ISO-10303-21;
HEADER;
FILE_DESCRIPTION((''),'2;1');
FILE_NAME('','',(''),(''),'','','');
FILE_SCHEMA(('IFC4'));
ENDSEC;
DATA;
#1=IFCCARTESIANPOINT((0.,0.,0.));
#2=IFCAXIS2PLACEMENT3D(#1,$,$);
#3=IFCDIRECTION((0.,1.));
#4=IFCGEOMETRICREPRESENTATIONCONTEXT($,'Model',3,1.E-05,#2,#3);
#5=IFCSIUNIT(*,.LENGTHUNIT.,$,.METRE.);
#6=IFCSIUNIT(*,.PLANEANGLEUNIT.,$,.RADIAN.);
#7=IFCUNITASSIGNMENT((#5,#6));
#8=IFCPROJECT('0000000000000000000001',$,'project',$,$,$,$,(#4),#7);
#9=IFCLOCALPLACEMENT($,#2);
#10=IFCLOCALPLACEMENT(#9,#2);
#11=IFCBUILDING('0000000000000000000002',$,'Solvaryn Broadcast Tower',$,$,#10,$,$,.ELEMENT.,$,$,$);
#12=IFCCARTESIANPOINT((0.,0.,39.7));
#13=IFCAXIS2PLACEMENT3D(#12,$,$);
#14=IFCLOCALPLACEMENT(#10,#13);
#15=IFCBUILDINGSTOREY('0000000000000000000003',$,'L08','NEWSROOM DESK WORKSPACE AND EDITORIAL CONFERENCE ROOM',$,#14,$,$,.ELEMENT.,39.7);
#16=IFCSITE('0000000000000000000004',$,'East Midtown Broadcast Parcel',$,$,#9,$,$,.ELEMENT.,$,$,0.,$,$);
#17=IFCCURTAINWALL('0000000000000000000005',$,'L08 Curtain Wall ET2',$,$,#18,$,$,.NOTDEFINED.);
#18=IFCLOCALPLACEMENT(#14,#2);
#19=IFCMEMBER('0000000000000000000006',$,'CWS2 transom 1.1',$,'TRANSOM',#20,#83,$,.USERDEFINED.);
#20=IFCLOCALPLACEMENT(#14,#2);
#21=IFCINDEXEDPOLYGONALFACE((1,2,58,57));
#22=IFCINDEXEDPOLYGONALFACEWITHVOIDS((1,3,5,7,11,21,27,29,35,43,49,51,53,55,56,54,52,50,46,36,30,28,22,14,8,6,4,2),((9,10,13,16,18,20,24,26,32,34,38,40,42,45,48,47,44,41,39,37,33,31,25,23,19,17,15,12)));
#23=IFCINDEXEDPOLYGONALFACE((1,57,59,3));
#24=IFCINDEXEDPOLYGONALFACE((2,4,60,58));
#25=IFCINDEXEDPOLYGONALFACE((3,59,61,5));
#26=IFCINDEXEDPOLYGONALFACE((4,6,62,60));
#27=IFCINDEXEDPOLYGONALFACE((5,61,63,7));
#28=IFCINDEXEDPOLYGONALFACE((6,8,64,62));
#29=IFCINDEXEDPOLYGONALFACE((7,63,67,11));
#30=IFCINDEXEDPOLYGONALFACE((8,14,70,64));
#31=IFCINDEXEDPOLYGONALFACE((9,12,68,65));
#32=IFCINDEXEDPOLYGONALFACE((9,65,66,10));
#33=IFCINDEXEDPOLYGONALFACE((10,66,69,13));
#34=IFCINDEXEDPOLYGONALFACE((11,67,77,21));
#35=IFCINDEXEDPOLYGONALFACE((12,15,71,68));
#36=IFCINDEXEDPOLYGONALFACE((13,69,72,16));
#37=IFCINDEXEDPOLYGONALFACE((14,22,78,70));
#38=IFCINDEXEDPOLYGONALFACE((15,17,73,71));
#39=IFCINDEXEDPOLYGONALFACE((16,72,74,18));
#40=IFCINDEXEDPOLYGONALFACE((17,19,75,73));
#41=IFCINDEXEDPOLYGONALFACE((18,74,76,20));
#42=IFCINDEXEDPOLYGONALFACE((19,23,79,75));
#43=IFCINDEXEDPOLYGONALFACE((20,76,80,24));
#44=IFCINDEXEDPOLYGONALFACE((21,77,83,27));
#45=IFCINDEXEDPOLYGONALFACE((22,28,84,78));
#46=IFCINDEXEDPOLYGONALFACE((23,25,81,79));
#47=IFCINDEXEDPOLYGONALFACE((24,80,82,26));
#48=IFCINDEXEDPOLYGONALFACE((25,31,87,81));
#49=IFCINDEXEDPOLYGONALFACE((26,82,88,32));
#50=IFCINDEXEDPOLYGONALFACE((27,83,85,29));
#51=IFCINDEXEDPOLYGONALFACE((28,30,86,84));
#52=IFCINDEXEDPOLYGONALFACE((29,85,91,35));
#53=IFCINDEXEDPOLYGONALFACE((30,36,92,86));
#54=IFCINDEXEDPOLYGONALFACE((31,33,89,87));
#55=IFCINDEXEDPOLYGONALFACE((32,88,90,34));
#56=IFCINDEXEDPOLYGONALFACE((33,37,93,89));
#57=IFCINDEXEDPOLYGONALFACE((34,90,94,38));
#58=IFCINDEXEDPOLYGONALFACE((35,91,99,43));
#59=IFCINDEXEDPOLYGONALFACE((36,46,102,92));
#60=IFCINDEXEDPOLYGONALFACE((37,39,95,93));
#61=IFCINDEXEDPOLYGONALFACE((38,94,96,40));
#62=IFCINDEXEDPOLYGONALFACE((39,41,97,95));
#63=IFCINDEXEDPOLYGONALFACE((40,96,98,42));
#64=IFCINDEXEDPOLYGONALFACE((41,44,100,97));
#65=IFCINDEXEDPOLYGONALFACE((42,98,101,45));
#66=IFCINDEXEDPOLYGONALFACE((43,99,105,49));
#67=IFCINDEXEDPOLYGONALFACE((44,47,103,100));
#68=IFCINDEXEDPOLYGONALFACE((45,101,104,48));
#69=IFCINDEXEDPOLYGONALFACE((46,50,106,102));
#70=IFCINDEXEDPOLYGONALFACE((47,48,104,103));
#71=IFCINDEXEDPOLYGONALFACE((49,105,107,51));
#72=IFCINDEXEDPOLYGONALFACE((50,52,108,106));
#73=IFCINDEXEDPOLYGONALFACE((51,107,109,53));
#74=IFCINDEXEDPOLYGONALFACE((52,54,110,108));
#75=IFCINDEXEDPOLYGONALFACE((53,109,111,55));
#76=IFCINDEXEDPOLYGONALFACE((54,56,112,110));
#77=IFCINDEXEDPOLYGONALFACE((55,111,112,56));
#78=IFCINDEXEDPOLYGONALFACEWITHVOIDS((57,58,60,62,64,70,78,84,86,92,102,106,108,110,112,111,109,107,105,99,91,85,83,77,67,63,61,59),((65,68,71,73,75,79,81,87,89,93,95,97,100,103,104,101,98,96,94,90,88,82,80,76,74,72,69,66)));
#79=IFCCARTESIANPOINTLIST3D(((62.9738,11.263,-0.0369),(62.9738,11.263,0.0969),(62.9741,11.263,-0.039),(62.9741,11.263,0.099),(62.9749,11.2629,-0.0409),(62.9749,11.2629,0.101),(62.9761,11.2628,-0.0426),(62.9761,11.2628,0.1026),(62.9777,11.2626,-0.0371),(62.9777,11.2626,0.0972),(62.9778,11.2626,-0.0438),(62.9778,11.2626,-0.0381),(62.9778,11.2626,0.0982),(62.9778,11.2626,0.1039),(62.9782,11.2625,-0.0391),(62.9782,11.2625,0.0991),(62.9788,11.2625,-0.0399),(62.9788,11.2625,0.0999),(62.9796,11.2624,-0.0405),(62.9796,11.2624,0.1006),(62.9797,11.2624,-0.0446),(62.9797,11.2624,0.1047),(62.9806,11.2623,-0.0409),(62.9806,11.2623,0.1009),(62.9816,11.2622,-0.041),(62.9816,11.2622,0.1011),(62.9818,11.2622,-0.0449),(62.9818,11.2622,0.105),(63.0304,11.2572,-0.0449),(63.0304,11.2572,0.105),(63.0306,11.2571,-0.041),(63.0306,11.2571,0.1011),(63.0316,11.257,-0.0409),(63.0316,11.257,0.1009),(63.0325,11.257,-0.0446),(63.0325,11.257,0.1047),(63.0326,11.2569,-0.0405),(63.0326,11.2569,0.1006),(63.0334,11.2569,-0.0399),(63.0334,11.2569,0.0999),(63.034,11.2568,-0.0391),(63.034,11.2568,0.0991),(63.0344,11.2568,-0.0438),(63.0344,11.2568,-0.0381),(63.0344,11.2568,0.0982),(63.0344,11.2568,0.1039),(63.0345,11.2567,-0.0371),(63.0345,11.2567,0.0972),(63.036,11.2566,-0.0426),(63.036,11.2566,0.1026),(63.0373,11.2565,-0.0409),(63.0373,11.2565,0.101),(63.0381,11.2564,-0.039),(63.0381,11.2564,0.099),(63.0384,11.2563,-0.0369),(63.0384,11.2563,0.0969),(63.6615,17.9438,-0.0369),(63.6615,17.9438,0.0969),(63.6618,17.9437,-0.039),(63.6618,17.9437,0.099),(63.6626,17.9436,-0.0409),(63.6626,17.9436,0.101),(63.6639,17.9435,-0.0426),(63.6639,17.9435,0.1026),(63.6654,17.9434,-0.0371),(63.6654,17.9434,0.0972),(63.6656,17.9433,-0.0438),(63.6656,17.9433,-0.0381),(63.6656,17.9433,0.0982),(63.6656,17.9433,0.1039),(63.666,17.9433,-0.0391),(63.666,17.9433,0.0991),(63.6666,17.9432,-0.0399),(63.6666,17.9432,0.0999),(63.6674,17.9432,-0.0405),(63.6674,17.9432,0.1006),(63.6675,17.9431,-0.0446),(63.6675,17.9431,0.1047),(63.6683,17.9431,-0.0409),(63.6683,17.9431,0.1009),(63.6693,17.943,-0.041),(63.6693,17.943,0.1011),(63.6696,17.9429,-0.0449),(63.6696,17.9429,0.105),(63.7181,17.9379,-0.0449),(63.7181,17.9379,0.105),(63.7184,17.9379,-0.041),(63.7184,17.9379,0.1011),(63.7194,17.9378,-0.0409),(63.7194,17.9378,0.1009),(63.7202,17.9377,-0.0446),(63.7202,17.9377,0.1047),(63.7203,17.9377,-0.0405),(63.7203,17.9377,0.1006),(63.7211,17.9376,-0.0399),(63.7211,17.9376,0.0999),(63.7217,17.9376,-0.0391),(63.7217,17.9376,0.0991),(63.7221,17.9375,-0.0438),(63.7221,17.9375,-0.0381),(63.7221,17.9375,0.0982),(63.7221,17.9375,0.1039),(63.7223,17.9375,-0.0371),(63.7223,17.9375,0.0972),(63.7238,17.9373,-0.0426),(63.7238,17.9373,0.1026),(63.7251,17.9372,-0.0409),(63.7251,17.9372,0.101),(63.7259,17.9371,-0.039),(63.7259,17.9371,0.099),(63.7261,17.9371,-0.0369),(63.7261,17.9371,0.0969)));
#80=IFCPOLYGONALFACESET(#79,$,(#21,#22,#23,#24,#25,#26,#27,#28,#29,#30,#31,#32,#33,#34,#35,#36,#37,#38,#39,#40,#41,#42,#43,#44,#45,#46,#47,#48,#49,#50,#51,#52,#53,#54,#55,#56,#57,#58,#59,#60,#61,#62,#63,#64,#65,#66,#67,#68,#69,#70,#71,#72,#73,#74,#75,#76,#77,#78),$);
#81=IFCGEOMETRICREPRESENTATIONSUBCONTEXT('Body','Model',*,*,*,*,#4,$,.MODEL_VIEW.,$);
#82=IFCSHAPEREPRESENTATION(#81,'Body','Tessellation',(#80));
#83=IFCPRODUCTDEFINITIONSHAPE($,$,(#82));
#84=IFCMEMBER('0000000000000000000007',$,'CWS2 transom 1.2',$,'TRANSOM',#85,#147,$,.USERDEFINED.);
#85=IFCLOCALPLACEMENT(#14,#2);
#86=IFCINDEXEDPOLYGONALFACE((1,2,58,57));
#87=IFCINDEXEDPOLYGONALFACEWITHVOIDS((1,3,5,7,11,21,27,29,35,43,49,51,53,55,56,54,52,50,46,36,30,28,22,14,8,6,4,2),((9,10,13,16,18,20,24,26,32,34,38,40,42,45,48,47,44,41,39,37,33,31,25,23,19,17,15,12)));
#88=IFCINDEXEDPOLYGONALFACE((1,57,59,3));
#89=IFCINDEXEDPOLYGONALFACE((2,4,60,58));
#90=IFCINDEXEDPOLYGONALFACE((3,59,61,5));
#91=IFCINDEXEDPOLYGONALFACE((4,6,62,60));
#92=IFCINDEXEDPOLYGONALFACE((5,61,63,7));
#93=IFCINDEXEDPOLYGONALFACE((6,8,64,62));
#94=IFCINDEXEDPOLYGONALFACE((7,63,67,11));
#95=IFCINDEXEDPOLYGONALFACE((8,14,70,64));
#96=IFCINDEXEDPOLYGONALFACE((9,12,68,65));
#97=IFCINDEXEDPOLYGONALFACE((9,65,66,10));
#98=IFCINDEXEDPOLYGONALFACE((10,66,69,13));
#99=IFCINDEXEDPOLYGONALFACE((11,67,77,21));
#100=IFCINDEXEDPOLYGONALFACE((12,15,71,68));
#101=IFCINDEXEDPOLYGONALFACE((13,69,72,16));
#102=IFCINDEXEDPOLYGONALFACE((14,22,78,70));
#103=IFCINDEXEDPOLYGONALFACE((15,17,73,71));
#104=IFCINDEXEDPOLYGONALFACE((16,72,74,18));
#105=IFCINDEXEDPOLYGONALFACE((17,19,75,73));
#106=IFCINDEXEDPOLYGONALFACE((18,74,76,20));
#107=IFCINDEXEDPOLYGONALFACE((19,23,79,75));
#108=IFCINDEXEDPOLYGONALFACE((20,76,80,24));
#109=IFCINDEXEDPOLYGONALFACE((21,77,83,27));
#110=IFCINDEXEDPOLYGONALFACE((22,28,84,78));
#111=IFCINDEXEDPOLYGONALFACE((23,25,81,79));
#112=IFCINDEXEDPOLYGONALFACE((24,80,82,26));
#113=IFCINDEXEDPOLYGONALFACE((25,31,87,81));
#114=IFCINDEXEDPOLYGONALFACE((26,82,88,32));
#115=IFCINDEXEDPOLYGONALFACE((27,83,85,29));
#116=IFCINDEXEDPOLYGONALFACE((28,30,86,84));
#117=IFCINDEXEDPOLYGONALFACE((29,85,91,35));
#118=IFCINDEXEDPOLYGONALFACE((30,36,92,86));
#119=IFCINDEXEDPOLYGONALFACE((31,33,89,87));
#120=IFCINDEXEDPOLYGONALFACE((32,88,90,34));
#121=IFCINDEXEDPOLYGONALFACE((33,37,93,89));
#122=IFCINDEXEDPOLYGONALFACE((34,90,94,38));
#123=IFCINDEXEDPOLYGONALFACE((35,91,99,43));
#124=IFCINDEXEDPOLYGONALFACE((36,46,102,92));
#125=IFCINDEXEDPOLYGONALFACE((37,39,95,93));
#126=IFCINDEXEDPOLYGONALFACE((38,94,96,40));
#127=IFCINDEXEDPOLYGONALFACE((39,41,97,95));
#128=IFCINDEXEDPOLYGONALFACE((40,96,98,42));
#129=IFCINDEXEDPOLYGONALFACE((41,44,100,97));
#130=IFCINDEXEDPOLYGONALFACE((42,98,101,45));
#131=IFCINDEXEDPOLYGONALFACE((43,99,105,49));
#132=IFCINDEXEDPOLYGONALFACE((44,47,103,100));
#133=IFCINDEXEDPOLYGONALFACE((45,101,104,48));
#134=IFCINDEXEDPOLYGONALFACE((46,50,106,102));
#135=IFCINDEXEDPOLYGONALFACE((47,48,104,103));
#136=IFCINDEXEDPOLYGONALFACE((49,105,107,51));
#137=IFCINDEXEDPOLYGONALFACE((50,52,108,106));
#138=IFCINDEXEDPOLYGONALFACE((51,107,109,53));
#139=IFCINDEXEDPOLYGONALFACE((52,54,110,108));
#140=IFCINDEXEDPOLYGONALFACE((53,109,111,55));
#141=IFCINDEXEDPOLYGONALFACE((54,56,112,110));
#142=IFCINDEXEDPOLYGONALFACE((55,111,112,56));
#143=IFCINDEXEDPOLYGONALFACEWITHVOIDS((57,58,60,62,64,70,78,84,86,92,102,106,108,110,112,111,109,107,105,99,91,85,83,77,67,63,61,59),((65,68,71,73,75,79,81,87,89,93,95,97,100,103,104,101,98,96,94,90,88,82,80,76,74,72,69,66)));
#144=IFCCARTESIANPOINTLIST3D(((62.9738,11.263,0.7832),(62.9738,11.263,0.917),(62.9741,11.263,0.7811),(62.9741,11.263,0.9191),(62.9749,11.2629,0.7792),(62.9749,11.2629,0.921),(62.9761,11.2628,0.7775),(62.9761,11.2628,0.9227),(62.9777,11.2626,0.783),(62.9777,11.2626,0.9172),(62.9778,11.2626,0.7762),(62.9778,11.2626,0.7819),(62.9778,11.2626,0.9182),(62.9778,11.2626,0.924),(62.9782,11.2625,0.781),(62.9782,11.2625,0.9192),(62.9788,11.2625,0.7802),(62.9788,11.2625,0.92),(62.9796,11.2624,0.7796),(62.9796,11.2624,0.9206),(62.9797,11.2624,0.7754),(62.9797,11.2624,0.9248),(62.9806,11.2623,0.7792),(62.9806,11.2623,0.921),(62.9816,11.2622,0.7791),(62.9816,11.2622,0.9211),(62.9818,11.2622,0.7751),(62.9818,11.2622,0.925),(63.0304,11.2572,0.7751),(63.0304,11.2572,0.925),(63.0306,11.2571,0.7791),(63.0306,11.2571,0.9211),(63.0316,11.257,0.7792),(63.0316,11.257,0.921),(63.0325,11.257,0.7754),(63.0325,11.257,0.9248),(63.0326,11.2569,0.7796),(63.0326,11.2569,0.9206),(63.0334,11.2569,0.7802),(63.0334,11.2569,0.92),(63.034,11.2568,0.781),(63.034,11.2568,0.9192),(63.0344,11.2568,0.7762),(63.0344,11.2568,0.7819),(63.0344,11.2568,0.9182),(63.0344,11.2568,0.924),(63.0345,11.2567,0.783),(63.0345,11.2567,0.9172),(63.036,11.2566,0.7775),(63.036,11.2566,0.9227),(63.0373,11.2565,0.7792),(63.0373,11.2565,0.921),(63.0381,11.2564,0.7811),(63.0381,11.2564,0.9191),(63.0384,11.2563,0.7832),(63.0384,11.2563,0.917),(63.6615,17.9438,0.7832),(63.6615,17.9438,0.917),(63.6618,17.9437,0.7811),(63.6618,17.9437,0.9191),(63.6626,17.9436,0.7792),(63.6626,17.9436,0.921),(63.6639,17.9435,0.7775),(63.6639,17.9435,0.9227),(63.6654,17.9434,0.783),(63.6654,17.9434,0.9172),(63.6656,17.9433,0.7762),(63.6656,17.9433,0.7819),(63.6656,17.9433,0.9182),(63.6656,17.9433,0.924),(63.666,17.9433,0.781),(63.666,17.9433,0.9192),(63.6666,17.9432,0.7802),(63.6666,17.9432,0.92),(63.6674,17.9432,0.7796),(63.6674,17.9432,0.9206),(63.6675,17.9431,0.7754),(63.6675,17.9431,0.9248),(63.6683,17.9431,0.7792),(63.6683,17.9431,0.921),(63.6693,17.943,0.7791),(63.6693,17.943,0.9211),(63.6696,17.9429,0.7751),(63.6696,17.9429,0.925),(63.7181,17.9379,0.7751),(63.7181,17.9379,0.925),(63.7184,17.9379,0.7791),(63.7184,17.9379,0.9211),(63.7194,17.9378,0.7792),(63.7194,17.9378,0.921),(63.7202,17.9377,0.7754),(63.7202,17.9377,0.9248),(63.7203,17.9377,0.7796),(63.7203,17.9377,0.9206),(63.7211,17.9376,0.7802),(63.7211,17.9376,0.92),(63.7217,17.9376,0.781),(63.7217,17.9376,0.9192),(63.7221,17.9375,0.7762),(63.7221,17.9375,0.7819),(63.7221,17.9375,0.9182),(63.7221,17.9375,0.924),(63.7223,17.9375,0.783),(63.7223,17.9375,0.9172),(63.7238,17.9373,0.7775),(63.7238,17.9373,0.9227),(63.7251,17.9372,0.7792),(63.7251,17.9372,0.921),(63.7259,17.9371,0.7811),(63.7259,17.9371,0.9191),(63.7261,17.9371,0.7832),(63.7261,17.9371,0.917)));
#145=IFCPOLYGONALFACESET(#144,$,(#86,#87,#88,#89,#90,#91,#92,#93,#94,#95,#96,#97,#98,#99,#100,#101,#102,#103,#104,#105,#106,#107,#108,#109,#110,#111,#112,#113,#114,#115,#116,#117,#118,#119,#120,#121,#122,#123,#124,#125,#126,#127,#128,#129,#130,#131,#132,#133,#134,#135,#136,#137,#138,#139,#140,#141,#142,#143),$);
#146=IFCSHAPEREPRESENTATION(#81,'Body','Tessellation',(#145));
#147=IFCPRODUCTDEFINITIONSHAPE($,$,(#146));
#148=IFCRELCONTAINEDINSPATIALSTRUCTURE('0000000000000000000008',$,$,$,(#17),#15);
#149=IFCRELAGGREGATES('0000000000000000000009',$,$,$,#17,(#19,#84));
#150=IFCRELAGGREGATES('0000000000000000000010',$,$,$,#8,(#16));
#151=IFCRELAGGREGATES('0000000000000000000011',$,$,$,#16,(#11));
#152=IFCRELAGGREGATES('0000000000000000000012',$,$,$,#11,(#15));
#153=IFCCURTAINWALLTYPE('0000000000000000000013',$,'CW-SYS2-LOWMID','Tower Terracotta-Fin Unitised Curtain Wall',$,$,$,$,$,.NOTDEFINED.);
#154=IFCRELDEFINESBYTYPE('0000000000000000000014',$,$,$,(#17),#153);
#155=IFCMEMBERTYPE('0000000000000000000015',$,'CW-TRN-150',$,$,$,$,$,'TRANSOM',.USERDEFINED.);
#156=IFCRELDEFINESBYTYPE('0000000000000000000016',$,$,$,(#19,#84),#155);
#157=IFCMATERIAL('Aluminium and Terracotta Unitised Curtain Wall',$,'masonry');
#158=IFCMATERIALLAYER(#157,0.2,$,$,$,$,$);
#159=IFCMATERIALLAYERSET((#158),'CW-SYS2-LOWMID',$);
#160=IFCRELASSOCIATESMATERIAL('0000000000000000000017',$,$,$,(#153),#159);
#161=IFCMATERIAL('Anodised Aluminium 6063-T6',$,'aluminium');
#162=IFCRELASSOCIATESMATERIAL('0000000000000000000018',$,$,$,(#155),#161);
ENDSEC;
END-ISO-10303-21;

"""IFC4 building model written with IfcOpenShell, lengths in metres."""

from ifc_helpers import new_model, si_unit, direction, frame, origin, origin_2d, place, context, subcontext, project, spatial, hollow_rectangle, extrude, material, layer, layer_set, material_profile, profile_set, type_object, element, aggregate, save


model = new_model("IFC4")

# Units and contexts
model_context = context("Model", 3, precision=1e-05, world=origin(), true_north=direction((0.0, 1.0)))
body_context = subcontext(model_context, "Body", "Model", "MODEL_VIEW")
ifc_project = project(units=[si_unit("LENGTHUNIT", "METRE"), si_unit("PLANEANGLEUNIT", "RADIAN")], contexts=[model_context])

# Site, building, storey
site_placement = place(None, origin())
site = spatial("IfcSite", under=ifc_project, at=site_placement, Name="East Midtown Broadcast Parcel", CompositionType="ELEMENT", RefElevation=0.0)
building_placement = place(site_placement, origin())
building = spatial("IfcBuilding", under=site, at=building_placement, Name="Solvaryn Broadcast Tower", CompositionType="ELEMENT")
storey_placement = place(building_placement, frame((0.0, 0.0, 39.7)))
storey = spatial("IfcBuildingStorey", under=building, at=storey_placement, Name="L08", Description="NEWSROOM DESK WORKSPACE AND EDITORIAL CONFERENCE ROOM", CompositionType="ELEMENT", Elevation=39.7)

# Shared definitions
ifc_material_1 = material(Name="Aluminium and Terracotta Unitised Curtain Wall", Category="masonry")
ifc_layer_1 = layer(ifc_material_1, 0.2)
ifc_layer_set_1 = layer_set([ifc_layer_1], Name="CW-SYS2-LOWMID")
curtain_wall_type = type_object("IfcCurtainWallType", Name="CW-SYS2-LOWMID", Description="Tower Terracotta-Fin Unitised Curtain Wall", PredefinedType="NOTDEFINED", material=ifc_layer_set_1)

# Curtain wall, members
curtain_wall_1_placement = place(storey_placement, origin())
curtain_wall_1 = element("IfcCurtainWall", 1, at=curtain_wall_1_placement, inside=storey, type_object=curtain_wall_type, Name="L08 Curtain Wall ET2", PredefinedType="NOTDEFINED")
ifc_material_2 = material(Name="Anodised Aluminium 6063-T6", Category="aluminium")
ifc_material_profile_1 = material_profile(ifc_material_2, hollow_rectangle(XDim=0.0649, YDim=0.1499, WallThickness=0.0039, InnerFilletRadius=0.0039, OuterFilletRadius=0.0081, at=origin_2d()))
ifc_profile_set_1 = profile_set([ifc_material_profile_1], Name="Anodised Aluminium 6063-T6")
member_type_1 = type_object("IfcMemberType", Name="CW-TRN-150", ElementType="TRANSOM", PredefinedType="USERDEFINED", material=ifc_profile_set_1)
member_1_placement = place(storey_placement, frame((63.6938, 17.9404, 0.03), z_axis=(-0.102404, -0.994743, 0.0), x_axis=(0.994743, -0.102404, 0.0)))
member_1 = element("IfcMember", 2, at=member_1_placement, type_object=member_type_1, Name="CWS2 transom 1.1", ObjectType="TRANSOM", PredefinedType="USERDEFINED", context=body_context, shape_type="SweptSolid", body=[
    extrude(hollow_rectangle(XDim=0.0649, YDim=0.1499, WallThickness=0.0039, InnerFilletRadius=0.0039, OuterFilletRadius=0.0081, at=origin_2d()), origin(), (0.0, 0.0, 1.0), 6.7161),
])
member_2_placement = place(storey_placement, frame((63.6938, 17.9404, 0.8501), z_axis=(-0.102404, -0.994743, 0.0), x_axis=(0.994743, -0.102404, 0.0)))
member_2 = element("IfcMember", 3, at=member_2_placement, type_object=member_type_1, Name="CWS2 transom 1.2", ObjectType="TRANSOM", PredefinedType="USERDEFINED", context=body_context, shape_type="SweptSolid", body=[
    extrude(hollow_rectangle(XDim=0.0649, YDim=0.1499, WallThickness=0.0039, InnerFilletRadius=0.0039, OuterFilletRadius=0.0081, at=origin_2d()), origin(), (0.0, 0.0, 1.0), 6.7161),
])

aggregate(curtain_wall_1, [member_1, member_2])

save(model, "model.ifc")
